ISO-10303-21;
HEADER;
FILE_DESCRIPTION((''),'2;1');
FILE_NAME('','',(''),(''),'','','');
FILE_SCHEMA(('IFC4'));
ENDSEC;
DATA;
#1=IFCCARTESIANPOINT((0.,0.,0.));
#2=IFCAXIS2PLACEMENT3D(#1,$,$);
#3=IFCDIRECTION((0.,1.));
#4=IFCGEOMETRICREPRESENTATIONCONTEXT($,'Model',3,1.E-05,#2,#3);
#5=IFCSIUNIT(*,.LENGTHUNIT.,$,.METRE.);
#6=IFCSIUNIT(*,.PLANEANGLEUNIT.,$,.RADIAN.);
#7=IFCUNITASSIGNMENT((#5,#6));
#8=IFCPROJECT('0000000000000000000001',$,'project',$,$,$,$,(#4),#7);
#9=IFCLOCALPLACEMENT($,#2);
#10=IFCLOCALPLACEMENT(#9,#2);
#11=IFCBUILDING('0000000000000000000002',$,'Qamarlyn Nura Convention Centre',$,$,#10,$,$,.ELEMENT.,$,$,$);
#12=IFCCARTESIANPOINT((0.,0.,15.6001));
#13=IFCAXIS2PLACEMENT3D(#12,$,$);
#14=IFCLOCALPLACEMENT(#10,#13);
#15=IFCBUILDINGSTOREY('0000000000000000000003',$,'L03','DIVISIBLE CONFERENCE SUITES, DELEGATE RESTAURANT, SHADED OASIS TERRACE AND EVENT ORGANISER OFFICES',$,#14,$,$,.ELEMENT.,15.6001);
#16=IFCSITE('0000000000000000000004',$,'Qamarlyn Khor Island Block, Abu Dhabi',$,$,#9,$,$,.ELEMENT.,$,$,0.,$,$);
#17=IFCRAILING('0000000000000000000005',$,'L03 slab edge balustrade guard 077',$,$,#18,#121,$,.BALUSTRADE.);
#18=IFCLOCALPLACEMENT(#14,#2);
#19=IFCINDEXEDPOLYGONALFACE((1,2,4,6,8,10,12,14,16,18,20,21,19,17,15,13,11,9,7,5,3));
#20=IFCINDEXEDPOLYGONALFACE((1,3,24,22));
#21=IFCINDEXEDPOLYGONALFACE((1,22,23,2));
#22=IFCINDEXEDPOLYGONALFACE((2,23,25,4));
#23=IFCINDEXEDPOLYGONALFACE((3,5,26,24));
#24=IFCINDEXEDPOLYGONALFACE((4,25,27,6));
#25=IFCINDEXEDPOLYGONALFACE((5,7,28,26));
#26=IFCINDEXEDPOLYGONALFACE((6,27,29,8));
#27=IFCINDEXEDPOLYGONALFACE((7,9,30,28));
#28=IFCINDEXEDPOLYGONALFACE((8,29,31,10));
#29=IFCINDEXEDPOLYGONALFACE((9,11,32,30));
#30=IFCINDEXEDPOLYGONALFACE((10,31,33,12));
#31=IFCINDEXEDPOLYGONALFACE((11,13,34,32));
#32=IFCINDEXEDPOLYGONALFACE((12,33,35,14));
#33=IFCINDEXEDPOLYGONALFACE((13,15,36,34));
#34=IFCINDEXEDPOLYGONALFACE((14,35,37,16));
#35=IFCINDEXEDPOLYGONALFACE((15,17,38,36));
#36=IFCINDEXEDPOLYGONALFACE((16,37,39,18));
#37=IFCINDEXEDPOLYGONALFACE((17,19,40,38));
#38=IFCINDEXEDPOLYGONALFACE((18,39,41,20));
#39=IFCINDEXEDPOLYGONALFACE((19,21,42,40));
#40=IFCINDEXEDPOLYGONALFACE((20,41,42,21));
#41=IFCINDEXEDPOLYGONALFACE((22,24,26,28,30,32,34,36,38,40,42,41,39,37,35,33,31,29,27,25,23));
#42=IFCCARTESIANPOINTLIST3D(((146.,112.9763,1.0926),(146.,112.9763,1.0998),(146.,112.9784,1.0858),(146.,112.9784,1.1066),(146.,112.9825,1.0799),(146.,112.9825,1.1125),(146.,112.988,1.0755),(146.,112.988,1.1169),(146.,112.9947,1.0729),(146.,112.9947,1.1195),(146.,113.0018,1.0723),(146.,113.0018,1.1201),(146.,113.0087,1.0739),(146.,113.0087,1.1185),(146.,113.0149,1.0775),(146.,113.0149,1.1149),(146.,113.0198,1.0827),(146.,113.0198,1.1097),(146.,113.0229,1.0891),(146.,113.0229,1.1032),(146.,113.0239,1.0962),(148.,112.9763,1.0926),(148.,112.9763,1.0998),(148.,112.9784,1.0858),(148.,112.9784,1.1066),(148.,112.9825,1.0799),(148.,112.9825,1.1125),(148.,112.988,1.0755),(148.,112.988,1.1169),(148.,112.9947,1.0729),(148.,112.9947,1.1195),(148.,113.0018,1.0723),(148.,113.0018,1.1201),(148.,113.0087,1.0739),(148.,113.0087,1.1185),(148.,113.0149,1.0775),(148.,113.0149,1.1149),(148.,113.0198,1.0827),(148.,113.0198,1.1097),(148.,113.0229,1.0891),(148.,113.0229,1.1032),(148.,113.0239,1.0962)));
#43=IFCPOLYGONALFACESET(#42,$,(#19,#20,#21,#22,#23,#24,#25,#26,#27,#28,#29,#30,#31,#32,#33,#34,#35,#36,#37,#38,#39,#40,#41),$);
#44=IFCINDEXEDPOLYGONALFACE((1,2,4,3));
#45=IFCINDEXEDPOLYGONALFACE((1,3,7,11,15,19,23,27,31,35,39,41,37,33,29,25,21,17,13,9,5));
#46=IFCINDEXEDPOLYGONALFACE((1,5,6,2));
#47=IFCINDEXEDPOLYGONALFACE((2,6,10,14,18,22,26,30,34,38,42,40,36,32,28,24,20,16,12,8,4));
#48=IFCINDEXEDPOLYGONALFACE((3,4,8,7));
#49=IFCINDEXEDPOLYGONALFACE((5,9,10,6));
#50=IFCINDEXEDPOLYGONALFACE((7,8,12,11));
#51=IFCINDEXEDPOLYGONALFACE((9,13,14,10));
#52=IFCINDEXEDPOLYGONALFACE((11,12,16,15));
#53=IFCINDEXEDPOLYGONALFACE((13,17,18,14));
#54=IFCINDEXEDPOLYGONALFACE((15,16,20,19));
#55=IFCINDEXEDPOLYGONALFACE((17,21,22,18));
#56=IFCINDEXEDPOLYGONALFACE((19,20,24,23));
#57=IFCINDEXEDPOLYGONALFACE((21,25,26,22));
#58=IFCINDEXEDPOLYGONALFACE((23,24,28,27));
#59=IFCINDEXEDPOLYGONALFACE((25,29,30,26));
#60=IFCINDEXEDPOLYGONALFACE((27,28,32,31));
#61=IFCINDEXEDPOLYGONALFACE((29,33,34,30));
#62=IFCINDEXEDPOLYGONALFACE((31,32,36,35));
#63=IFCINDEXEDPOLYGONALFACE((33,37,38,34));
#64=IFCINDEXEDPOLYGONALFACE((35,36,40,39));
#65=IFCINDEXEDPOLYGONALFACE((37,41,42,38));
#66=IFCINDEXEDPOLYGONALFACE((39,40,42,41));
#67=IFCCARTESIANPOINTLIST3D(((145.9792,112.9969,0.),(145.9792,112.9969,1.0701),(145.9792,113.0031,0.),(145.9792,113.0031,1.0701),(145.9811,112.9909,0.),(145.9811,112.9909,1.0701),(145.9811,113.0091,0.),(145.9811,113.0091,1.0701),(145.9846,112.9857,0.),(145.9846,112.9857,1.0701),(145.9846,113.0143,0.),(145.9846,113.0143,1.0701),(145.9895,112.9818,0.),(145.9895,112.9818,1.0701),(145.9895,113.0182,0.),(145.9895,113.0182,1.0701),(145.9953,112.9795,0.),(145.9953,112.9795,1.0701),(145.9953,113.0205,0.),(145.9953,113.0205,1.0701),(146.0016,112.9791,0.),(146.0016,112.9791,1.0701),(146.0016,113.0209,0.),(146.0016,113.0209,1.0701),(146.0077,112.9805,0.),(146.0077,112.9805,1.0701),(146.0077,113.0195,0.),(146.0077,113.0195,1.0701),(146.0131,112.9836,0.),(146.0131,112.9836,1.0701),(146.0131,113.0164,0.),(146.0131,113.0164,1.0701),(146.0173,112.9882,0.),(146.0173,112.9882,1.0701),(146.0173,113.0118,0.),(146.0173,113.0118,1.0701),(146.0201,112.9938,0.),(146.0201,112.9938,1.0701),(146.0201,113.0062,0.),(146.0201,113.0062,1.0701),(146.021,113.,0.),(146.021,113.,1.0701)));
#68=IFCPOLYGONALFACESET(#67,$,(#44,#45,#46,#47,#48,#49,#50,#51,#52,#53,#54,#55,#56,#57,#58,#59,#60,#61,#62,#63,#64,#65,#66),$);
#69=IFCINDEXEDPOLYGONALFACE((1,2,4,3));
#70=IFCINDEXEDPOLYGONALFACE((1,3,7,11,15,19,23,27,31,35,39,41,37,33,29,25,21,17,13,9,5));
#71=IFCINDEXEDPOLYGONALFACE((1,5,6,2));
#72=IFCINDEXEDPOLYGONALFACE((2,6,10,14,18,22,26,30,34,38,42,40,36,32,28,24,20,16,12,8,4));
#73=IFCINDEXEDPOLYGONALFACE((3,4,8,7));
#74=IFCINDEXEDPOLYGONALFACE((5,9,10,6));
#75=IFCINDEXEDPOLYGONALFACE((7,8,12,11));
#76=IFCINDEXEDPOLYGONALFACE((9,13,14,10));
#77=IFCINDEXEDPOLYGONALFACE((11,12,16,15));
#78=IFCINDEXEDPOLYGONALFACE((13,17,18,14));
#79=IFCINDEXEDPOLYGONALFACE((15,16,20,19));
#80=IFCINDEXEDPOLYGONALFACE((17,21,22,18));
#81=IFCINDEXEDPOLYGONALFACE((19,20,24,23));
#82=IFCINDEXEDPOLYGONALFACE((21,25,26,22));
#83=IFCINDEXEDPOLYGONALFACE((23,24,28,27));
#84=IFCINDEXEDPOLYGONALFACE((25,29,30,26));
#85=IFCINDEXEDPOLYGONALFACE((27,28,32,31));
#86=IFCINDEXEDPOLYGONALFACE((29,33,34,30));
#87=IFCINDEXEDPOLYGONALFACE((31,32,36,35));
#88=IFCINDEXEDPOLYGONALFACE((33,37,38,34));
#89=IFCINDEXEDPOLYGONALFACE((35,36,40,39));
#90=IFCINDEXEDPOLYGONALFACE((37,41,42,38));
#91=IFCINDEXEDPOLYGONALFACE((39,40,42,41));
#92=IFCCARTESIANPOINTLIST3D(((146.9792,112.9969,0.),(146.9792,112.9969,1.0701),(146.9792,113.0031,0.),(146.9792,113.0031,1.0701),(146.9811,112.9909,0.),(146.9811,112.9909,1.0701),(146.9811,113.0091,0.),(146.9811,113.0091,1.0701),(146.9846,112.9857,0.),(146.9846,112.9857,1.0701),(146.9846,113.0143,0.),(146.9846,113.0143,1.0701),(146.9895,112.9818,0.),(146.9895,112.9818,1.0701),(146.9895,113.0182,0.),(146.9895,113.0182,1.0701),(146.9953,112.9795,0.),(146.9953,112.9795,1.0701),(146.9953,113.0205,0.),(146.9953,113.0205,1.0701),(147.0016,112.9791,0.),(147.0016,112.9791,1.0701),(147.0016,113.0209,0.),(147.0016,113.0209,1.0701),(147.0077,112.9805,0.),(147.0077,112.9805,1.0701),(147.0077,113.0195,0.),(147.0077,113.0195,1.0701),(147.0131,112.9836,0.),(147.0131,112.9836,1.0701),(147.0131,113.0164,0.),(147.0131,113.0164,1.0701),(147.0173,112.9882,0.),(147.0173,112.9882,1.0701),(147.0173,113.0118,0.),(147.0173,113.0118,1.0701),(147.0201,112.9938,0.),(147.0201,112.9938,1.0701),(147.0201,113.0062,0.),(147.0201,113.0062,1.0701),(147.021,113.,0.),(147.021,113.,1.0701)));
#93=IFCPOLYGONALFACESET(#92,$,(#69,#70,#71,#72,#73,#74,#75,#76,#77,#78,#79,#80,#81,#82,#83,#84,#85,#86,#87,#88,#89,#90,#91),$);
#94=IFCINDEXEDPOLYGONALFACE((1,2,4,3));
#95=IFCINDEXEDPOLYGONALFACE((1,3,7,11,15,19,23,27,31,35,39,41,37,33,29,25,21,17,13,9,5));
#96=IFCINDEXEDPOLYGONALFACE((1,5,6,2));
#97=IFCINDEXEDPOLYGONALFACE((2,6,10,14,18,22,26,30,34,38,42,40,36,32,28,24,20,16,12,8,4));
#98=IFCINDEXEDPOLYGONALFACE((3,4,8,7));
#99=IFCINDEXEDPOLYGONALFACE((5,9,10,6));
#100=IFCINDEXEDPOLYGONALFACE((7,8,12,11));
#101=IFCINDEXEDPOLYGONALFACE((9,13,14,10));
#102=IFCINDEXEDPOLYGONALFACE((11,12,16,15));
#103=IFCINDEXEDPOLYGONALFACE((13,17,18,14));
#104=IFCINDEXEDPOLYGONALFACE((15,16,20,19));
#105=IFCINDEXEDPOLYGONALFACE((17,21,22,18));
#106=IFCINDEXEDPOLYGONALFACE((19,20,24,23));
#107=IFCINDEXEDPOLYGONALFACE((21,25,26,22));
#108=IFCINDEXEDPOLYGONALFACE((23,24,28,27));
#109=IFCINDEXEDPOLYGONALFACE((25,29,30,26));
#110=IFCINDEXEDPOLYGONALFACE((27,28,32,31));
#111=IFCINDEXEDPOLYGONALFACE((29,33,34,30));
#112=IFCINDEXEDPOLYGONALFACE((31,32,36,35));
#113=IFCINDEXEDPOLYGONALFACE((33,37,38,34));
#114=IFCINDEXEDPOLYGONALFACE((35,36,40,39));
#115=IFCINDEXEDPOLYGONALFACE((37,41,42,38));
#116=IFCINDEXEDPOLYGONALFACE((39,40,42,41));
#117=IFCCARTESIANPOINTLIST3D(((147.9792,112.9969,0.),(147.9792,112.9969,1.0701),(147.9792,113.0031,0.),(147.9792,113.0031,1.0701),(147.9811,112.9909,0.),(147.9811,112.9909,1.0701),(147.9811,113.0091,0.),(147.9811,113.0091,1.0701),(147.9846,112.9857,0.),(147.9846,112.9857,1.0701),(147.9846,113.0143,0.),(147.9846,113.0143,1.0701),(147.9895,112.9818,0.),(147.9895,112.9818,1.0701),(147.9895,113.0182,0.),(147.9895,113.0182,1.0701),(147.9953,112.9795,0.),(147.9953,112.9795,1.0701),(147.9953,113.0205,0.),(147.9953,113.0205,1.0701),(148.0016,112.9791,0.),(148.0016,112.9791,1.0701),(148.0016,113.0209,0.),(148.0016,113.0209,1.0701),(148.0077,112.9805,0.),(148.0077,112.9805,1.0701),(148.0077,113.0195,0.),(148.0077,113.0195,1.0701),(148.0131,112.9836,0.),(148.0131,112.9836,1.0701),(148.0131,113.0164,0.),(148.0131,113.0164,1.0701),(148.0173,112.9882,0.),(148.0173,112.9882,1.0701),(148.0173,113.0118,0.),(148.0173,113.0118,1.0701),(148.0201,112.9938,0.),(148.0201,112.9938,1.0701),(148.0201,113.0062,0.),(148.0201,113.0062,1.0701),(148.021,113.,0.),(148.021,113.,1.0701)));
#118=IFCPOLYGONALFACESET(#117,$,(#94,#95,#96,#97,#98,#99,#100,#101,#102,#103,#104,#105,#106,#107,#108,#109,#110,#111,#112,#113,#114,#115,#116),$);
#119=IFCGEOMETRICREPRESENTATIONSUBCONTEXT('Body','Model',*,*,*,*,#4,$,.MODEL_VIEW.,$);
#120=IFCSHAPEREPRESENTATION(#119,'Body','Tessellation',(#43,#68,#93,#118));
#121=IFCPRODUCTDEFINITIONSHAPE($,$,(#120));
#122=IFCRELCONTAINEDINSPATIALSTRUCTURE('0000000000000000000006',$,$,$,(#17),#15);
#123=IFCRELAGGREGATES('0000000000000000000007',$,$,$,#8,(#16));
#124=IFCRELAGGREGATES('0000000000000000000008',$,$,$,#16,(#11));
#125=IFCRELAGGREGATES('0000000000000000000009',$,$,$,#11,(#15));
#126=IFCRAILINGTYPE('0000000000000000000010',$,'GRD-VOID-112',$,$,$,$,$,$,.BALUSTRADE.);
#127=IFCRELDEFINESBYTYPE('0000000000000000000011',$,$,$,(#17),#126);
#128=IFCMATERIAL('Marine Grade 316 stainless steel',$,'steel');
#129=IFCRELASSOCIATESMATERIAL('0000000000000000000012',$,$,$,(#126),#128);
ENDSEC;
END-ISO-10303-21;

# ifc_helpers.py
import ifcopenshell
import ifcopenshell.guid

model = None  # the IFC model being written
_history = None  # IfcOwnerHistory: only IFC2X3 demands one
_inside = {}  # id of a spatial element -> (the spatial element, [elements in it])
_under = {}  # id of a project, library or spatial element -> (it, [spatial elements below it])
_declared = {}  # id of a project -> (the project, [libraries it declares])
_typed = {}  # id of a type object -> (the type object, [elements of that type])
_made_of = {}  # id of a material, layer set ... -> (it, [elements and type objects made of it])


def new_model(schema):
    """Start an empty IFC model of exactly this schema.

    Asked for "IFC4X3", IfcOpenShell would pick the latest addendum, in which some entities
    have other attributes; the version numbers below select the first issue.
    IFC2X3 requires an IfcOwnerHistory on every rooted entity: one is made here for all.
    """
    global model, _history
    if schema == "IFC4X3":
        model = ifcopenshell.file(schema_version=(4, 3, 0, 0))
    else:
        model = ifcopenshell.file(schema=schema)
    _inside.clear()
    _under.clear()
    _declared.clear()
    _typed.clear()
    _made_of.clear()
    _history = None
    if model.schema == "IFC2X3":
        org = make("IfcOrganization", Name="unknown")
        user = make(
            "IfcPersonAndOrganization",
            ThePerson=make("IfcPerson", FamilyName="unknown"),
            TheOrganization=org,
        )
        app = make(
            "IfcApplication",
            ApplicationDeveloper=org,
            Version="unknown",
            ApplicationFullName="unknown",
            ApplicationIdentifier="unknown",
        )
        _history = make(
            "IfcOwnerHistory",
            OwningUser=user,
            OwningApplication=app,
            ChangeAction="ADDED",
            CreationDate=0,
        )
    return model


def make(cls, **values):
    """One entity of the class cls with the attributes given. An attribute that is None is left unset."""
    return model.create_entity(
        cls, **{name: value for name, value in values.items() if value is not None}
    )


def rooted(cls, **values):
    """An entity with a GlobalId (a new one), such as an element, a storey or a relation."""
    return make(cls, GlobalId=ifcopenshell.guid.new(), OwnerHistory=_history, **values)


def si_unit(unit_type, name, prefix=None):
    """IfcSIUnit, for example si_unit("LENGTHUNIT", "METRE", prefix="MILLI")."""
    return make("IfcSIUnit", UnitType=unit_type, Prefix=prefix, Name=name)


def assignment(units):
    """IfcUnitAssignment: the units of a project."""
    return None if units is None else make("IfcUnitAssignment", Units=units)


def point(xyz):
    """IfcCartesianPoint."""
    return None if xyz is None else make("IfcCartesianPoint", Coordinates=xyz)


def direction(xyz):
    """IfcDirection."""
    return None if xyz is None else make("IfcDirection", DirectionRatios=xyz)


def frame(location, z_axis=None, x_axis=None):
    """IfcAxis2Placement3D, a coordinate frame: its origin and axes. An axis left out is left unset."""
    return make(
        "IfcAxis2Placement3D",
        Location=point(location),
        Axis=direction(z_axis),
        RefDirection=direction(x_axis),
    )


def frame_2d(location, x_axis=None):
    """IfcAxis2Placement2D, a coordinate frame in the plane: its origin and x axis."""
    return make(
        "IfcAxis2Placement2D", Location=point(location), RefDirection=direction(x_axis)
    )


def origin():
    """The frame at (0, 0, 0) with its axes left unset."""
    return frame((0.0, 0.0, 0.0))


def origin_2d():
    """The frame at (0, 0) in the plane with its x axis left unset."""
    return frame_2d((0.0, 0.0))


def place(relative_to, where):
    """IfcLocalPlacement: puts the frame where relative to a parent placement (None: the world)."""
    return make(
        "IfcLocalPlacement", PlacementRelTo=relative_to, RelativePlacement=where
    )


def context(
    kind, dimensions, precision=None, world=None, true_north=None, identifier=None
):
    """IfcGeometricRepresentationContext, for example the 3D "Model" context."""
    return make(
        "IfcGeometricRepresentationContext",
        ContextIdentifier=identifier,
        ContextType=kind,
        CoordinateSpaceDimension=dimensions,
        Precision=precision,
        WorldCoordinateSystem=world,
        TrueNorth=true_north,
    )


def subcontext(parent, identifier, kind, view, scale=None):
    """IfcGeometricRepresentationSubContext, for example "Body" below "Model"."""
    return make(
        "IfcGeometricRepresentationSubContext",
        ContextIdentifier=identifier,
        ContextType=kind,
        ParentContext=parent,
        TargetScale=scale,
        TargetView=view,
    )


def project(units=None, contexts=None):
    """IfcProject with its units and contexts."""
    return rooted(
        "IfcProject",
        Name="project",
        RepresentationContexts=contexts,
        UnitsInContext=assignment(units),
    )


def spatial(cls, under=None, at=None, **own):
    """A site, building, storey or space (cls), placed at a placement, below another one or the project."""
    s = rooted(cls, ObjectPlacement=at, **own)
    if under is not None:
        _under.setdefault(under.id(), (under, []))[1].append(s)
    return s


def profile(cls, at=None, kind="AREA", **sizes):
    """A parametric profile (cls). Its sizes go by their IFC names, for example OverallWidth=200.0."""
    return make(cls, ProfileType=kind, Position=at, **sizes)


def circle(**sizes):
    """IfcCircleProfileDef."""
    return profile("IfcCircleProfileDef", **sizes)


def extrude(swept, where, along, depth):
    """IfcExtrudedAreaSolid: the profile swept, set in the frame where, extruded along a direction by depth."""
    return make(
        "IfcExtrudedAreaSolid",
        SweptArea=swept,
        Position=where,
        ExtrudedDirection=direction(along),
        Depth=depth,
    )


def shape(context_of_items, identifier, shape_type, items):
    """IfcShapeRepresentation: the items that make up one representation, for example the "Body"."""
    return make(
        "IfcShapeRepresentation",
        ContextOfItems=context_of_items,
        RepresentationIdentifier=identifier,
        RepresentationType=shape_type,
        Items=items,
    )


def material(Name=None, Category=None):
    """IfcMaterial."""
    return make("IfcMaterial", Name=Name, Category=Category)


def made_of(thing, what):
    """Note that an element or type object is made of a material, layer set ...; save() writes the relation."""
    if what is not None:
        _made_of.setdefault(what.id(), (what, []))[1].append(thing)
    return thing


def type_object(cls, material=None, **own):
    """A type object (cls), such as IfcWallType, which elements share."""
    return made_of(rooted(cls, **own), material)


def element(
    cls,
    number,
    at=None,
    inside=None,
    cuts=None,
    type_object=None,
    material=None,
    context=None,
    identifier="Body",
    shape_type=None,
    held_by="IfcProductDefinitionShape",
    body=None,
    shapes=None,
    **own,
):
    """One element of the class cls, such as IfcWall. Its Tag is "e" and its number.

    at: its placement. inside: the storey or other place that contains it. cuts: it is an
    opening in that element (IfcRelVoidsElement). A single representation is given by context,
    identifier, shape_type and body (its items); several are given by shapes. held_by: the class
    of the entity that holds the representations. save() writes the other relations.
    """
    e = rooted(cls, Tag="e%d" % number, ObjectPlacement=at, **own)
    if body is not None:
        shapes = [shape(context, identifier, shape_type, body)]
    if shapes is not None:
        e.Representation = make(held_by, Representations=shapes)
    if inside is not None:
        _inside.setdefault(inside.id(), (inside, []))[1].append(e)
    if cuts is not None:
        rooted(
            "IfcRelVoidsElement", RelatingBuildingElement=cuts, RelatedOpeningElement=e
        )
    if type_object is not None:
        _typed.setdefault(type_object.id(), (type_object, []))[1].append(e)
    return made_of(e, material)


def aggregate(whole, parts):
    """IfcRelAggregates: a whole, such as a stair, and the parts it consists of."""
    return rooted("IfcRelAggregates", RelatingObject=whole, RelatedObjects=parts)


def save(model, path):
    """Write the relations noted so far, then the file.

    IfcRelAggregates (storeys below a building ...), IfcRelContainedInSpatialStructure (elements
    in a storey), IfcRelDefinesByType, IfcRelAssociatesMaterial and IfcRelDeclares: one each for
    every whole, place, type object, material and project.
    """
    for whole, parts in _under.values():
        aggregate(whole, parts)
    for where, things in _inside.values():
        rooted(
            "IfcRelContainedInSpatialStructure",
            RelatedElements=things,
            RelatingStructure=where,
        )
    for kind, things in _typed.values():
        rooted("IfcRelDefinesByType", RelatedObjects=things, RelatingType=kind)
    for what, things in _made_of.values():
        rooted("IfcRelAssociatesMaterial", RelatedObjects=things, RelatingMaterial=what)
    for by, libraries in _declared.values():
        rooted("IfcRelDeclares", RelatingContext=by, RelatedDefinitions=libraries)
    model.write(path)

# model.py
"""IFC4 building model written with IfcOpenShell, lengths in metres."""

from ifc_helpers import new_model, si_unit, direction, frame, origin, origin_2d, place, context, subcontext, project, spatial, circle, extrude, material, type_object, element, save


model = new_model("IFC4")

# Units and contexts
model_context = context("Model", 3, precision=1e-05, world=origin(), true_north=direction((0.0, 1.0)))
body_context = subcontext(model_context, "Body", "Model", "MODEL_VIEW")
ifc_project = project(units=[si_unit("LENGTHUNIT", "METRE"), si_unit("PLANEANGLEUNIT", "RADIAN")], contexts=[model_context])

# Site, building, storey
site_placement = place(None, origin())
site = spatial("IfcSite", under=ifc_project, at=site_placement, Name="Qamarlyn Khor Island Block, Abu Dhabi", CompositionType="ELEMENT", RefElevation=0.0)
building_placement = place(site_placement, origin())
building = spatial("IfcBuilding", under=site, at=building_placement, Name="Qamarlyn Nura Convention Centre", CompositionType="ELEMENT")
storey_placement = place(building_placement, frame((0.0, 0.0, 15.6001)))
storey = spatial("IfcBuildingStorey", under=building, at=storey_placement, Name="L03", Description="DIVISIBLE CONFERENCE SUITES, DELEGATE RESTAURANT, SHADED OASIS TERRACE AND EVENT ORGANISER OFFICES", CompositionType="ELEMENT", Elevation=15.6001)

# Railing
ifc_material_1 = material(Name="Marine Grade 316 stainless steel", Category="steel")
railing_type = type_object("IfcRailingType", Name="GRD-VOID-112", PredefinedType="BALUSTRADE", material=ifc_material_1)
railing_1_placement = place(storey_placement, frame((146.0, 113.0, 0.0)))
element("IfcRailing", 1, at=railing_1_placement, inside=storey, type_object=railing_type, Name="L03 slab edge balustrade guard 077", PredefinedType="BALUSTRADE", context=body_context, shape_type="SweptSolid", body=[
    extrude(circle(Radius=0.0239, at=origin_2d()), frame((0.0, 0.0, 1.0962), z_axis=(1.0, 0.0, 0.0), x_axis=(0.0, 1.0, 0.0)), (0.0, 0.0, 1.0), 2.0),
    extrude(circle(Radius=0.021, at=origin_2d()), origin(), (0.0, 0.0, 1.0), 1.0701),
    extrude(circle(Radius=0.021, at=origin_2d()), frame((1.0, 0.0, 0.0)), (0.0, 0.0, 1.0), 1.0701),
    extrude(circle(Radius=0.021, at=origin_2d()), frame((2.0, 0.0, 0.0)), (0.0, 0.0, 1.0), 1.0701),
])

save(model, "model.ifc")
